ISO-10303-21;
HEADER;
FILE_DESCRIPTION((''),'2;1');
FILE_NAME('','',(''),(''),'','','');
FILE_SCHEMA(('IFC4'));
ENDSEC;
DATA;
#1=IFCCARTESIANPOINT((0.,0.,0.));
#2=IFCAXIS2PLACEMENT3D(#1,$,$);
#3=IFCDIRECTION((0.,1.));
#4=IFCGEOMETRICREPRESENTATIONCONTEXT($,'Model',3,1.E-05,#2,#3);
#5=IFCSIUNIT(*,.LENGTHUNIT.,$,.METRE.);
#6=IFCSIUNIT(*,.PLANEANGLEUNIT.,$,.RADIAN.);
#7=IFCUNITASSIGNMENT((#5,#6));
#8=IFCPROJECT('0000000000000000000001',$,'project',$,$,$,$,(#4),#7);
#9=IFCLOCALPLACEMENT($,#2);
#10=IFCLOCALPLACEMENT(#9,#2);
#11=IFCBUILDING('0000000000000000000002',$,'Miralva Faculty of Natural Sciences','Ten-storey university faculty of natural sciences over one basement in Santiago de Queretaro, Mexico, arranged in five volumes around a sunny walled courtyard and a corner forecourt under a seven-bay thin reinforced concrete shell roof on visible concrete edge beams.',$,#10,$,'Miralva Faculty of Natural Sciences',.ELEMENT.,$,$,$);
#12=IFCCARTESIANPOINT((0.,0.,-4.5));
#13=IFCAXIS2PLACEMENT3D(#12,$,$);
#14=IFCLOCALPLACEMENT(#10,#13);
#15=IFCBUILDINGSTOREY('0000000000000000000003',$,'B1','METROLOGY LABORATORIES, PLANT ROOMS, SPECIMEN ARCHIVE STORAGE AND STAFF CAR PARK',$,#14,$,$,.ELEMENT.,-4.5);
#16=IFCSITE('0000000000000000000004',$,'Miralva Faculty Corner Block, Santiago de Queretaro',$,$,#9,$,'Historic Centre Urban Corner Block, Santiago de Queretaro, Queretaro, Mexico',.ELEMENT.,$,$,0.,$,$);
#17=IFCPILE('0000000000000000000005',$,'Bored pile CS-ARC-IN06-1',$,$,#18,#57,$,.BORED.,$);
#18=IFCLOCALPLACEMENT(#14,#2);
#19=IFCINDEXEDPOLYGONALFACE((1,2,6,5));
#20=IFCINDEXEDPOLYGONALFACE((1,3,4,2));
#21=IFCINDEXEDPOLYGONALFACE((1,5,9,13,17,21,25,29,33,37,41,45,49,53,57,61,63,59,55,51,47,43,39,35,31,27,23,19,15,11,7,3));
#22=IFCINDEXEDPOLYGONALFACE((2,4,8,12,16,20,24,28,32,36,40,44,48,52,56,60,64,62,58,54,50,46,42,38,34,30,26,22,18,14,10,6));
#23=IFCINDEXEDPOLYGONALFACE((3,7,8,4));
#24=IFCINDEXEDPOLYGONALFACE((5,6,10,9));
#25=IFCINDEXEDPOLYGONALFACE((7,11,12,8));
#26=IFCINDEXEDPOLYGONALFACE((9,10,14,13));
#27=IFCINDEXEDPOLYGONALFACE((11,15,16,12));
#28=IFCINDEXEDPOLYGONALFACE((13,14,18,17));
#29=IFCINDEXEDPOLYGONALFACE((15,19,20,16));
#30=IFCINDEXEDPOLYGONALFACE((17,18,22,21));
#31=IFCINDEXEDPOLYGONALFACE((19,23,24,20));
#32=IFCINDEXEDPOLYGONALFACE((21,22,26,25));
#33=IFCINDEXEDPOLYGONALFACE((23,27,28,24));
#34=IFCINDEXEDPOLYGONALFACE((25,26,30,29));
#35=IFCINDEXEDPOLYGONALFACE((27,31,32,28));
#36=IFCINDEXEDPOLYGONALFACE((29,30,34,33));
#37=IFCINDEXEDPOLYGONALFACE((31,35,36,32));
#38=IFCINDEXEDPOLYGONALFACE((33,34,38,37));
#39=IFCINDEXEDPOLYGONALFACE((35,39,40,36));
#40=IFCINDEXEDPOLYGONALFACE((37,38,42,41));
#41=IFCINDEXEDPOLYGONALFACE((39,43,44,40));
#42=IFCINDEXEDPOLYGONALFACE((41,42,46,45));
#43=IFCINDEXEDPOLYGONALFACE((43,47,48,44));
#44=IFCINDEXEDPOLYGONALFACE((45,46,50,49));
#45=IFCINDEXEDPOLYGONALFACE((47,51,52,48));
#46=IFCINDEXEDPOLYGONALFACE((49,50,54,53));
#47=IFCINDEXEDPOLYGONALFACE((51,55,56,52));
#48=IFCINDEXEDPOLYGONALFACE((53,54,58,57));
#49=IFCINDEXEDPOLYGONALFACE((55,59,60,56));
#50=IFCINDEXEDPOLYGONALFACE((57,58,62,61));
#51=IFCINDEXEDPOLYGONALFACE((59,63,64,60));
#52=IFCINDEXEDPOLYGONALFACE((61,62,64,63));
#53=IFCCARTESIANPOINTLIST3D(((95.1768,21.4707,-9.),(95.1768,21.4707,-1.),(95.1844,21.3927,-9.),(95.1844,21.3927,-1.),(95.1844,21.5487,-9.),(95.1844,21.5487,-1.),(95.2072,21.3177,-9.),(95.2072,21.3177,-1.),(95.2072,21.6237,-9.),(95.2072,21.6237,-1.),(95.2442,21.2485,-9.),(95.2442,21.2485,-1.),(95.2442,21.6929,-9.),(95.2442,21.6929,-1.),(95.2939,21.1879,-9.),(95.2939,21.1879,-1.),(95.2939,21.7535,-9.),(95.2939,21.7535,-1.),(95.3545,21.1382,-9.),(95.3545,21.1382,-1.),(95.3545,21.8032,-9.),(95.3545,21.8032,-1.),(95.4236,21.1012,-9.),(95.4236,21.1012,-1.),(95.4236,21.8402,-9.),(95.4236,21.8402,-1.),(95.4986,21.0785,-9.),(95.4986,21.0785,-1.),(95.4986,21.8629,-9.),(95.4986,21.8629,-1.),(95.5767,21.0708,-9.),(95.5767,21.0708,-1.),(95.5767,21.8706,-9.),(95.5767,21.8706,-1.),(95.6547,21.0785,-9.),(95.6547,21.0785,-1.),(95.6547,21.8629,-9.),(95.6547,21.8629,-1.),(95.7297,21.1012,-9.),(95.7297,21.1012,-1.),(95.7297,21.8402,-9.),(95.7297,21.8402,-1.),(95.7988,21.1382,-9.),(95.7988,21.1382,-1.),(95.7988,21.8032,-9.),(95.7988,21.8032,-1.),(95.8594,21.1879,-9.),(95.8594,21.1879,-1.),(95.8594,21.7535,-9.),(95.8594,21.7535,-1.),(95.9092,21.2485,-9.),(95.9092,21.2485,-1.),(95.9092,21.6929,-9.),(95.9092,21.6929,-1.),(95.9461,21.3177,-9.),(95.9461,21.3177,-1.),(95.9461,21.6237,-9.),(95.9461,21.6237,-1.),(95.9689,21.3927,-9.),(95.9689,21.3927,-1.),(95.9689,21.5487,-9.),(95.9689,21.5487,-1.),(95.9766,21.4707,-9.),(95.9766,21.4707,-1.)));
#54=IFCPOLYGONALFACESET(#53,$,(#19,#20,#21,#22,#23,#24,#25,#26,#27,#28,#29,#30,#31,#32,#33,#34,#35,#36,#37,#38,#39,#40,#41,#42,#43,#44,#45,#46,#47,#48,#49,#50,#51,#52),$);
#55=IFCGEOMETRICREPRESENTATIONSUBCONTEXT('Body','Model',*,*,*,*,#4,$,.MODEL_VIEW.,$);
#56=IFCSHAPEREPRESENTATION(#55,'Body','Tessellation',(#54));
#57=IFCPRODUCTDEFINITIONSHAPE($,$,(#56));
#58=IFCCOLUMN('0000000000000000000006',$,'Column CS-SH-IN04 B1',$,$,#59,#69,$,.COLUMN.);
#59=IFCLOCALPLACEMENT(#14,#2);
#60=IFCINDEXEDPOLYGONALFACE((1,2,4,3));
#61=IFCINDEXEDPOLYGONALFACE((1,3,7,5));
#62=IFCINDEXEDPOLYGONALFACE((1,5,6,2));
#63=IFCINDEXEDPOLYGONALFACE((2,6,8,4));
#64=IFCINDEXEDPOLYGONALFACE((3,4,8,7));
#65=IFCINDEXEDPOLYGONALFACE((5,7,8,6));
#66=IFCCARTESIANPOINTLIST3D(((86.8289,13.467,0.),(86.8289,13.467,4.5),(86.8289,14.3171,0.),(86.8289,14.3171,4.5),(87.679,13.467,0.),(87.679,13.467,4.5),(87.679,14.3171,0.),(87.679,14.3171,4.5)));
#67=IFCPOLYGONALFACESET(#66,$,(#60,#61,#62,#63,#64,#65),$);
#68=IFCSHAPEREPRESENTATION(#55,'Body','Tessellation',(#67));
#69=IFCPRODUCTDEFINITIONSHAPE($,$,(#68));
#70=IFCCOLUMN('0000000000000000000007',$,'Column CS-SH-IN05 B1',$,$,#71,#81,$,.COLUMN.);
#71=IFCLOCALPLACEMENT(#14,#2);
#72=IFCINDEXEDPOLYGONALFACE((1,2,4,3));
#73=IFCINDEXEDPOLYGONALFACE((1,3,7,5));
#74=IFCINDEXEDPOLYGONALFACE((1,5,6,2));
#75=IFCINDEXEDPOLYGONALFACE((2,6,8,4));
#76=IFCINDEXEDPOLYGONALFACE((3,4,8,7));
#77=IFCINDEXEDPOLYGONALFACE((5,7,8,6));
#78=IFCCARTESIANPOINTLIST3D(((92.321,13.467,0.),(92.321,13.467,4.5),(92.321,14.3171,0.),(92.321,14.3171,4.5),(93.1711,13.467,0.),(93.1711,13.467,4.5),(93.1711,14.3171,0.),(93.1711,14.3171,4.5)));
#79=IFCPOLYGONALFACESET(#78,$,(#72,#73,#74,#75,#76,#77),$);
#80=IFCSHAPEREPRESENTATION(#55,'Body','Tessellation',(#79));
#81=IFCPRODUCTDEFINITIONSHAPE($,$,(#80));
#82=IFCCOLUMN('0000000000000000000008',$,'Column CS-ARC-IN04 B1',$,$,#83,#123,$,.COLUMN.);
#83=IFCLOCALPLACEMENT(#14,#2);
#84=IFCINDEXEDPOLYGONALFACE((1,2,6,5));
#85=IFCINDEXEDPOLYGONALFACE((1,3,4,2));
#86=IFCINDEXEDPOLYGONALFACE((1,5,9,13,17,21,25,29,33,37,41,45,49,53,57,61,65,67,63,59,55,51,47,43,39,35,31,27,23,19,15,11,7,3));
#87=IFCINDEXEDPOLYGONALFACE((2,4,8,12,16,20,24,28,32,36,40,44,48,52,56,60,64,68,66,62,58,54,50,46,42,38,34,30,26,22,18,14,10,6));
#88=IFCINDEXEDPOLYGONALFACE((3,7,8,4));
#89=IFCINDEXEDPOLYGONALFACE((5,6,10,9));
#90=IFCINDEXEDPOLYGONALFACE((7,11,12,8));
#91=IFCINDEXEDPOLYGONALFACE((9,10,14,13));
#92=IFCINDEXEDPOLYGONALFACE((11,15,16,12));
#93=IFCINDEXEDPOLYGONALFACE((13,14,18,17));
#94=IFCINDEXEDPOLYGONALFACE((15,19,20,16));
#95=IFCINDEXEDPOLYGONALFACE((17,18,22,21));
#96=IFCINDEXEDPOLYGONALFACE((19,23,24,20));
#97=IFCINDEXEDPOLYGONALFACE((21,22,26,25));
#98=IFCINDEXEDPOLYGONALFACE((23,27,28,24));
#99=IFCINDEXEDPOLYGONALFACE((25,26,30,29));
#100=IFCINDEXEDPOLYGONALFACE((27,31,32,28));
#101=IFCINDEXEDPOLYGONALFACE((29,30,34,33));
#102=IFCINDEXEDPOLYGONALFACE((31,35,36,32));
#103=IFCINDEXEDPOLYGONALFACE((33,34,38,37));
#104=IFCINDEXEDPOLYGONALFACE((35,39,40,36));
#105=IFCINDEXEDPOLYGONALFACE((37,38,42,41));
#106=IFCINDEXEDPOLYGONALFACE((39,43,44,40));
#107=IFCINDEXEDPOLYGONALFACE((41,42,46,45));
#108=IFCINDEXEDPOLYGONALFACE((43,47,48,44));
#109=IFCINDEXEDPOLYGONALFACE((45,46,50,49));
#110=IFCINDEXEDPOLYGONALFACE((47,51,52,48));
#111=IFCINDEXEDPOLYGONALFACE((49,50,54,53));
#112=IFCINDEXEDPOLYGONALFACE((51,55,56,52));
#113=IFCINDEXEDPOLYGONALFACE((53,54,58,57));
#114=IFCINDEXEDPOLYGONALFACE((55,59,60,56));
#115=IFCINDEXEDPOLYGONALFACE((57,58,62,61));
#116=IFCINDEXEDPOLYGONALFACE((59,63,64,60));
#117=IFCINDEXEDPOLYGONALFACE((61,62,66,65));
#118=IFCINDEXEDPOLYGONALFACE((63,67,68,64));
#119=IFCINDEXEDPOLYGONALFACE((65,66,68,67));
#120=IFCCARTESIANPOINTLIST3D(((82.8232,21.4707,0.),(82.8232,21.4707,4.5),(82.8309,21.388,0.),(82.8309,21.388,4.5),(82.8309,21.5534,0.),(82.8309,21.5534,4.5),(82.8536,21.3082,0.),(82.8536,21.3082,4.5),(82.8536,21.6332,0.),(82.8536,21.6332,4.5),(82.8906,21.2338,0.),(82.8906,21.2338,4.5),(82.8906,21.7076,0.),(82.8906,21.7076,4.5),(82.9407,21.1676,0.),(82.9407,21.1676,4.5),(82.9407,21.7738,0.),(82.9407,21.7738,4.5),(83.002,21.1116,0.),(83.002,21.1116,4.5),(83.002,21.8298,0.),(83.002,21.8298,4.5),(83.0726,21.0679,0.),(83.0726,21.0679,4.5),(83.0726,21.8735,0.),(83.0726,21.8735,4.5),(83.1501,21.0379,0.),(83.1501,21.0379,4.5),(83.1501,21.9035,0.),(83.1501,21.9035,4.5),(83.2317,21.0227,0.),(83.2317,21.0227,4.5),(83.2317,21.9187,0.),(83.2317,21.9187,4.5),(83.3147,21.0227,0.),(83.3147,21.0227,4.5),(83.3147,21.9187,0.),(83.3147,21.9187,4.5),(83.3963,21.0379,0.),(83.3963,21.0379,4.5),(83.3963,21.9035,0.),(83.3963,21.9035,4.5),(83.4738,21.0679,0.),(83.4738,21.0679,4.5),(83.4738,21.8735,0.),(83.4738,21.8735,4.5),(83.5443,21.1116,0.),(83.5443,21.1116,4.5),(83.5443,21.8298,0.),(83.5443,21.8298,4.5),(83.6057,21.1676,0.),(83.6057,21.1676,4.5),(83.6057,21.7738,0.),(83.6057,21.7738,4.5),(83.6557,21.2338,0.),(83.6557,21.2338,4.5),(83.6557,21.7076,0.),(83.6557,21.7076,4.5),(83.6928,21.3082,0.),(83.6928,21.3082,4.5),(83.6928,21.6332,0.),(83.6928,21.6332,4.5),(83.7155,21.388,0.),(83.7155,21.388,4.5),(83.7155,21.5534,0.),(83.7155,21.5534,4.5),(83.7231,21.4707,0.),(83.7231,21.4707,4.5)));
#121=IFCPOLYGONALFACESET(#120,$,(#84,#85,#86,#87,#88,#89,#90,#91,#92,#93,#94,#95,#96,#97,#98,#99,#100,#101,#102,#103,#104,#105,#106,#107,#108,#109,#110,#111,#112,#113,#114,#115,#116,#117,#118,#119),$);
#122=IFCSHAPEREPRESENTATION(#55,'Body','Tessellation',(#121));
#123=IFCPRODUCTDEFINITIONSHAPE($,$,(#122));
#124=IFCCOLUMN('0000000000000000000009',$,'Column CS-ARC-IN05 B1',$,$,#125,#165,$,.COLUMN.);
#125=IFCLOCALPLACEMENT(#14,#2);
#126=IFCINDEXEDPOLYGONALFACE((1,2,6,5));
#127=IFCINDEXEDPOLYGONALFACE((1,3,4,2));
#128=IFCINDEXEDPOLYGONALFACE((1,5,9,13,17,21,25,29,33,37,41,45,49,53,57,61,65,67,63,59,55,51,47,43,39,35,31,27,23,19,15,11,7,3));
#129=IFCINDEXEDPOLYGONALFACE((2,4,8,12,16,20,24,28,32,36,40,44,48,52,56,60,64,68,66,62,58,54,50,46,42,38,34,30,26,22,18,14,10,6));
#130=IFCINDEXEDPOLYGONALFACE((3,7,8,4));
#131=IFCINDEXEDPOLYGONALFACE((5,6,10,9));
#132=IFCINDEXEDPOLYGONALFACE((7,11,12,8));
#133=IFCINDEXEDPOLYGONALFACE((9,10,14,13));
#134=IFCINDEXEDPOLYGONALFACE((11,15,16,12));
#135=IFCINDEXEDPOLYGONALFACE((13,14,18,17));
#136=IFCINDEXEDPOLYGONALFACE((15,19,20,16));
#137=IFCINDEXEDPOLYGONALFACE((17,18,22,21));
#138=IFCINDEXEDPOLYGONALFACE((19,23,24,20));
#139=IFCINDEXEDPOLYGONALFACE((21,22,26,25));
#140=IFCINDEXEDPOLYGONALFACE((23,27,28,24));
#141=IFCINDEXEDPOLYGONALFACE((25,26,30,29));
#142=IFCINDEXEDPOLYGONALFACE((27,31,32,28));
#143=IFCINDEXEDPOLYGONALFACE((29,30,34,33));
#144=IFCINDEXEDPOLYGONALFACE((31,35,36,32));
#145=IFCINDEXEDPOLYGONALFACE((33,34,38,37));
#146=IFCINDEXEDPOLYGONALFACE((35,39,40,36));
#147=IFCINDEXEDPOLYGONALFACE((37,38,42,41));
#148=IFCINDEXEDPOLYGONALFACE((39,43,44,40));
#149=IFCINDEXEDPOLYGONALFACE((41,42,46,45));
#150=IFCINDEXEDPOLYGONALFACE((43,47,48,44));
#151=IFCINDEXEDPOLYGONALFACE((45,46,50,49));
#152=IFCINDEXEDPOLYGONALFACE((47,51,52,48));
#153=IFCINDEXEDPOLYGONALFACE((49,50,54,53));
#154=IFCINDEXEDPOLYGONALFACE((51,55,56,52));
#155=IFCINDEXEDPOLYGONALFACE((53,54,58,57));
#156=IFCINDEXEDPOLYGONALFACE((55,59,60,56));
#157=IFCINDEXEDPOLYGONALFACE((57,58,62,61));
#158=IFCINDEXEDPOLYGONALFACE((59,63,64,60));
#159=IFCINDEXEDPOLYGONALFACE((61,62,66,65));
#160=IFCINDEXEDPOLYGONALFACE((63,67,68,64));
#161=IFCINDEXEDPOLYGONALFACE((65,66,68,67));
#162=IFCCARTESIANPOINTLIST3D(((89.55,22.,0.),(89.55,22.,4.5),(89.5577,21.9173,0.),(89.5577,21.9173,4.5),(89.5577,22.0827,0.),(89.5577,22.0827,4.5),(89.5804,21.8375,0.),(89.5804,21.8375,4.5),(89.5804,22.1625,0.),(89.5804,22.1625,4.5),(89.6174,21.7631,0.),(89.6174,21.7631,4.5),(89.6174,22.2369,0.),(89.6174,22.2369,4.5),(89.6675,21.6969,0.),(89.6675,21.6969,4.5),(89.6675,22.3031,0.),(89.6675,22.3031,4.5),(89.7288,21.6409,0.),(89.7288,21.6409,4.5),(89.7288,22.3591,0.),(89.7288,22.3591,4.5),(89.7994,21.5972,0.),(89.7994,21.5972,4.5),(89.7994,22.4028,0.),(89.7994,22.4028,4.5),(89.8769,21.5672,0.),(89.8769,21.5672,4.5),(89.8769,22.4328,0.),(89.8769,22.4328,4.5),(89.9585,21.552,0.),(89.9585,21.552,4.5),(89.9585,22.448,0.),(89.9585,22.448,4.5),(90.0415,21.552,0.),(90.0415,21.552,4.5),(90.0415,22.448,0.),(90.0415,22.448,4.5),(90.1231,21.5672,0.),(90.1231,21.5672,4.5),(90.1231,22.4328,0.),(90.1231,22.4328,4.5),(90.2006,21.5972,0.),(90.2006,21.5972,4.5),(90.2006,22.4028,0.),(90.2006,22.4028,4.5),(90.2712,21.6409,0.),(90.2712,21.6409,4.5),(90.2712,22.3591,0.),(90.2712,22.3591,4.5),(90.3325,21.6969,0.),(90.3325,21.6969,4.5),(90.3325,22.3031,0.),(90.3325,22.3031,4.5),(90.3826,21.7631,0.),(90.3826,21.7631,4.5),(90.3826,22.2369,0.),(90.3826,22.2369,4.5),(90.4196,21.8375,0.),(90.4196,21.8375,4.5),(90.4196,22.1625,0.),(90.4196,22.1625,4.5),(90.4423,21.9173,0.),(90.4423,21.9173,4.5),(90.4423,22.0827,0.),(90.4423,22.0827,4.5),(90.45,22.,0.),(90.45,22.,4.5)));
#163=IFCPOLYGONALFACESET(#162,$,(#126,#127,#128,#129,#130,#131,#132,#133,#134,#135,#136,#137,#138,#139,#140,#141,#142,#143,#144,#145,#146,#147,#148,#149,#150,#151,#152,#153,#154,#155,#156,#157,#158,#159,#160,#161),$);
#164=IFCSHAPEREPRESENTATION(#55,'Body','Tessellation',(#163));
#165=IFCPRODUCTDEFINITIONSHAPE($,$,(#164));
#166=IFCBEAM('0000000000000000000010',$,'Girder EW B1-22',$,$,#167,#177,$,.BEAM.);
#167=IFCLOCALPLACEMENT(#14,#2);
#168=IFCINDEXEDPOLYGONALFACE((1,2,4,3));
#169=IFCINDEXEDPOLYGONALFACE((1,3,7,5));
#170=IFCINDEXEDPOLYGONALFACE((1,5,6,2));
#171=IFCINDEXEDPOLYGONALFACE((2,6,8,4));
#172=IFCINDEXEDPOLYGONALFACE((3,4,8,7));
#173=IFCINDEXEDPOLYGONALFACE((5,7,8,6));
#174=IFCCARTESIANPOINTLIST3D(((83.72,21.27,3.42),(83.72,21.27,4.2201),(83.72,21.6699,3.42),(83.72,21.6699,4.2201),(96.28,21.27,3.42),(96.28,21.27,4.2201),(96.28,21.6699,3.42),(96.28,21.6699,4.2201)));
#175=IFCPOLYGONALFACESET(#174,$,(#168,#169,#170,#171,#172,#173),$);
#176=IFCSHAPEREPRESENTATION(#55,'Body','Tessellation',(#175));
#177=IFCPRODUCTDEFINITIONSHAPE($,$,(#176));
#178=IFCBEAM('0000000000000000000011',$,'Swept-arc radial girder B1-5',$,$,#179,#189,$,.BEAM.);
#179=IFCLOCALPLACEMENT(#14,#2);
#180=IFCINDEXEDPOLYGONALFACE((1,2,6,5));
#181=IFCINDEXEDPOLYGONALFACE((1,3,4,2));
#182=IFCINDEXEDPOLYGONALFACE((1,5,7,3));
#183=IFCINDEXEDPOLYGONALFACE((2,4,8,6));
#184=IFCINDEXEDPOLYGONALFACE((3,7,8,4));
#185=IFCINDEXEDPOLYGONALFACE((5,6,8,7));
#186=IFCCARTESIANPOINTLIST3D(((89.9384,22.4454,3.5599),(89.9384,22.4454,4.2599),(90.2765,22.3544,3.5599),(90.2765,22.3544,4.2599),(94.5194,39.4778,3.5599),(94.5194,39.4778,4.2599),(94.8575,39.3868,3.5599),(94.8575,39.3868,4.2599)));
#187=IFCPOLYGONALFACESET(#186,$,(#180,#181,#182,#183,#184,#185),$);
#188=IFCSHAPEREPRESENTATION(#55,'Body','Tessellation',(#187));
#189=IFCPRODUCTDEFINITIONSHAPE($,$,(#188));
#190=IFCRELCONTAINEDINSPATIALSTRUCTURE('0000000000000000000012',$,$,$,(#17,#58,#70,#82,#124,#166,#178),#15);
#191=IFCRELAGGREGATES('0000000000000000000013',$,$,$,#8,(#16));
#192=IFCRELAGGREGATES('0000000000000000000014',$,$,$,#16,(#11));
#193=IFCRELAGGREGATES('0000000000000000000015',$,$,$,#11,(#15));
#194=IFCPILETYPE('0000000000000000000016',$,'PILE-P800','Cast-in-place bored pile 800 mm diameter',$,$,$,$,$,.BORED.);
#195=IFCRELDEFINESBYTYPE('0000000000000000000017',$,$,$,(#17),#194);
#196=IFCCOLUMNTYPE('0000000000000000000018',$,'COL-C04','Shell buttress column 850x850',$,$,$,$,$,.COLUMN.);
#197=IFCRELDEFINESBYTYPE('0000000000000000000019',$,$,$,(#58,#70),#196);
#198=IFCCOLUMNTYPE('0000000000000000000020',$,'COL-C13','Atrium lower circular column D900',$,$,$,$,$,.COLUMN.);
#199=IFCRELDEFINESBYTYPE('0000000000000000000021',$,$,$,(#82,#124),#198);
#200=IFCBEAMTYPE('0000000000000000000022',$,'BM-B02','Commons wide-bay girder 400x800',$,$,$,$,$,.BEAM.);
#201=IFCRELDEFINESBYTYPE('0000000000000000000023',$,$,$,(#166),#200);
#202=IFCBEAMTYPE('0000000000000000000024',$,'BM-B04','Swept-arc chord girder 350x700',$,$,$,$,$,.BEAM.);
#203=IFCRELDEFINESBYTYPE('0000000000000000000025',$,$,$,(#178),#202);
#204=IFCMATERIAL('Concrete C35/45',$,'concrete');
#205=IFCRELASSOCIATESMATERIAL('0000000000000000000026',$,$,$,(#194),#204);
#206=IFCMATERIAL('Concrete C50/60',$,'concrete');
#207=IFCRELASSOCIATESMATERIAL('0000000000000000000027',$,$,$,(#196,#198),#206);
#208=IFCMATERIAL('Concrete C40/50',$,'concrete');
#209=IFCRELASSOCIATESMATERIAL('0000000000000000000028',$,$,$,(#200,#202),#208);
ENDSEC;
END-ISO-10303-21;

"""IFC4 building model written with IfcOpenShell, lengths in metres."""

from ifc_helpers import new_model, si_unit, direction, frame, origin, origin_2d, place, context, subcontext, project, spatial, rectangle, circle, extrude, material, material_profile, profile_set, type_object, element, save


model = new_model("IFC4")

# Units and contexts
model_context = context("Model", 3, precision=1e-05, world=origin(), true_north=direction((0.0, 1.0)))
body_context = subcontext(model_context, "Body", "Model", "MODEL_VIEW")
ifc_project = project(units=[si_unit("LENGTHUNIT", "METRE"), si_unit("PLANEANGLEUNIT", "RADIAN")], contexts=[model_context])

# Site, building, storey
site_placement = place(None, origin())
site = spatial("IfcSite", under=ifc_project, at=site_placement, Name="Miralva Faculty Corner Block, Santiago de Queretaro", LongName="Historic Centre Urban Corner Block, Santiago de Queretaro, Queretaro, Mexico", CompositionType="ELEMENT", RefElevation=0.0)
building_placement = place(site_placement, origin())
building = spatial("IfcBuilding", under=site, at=building_placement, Name="Miralva Faculty of Natural Sciences", Description="Ten-storey university faculty of natural sciences over one basement in Santiago de Queretaro, Mexico, arranged in five volumes around a sunny walled courtyard and a corner forecourt under a seven-bay thin reinforced concrete shell roof on visible concrete edge beams.", LongName="Miralva Faculty of Natural Sciences", CompositionType="ELEMENT")
storey_placement = place(building_placement, frame((0.0, 0.0, -4.5)))
storey = spatial("IfcBuildingStorey", under=building, at=storey_placement, Name="B1", Description="METROLOGY LABORATORIES, PLANT ROOMS, SPECIMEN ARCHIVE STORAGE AND STAFF CAR PARK", CompositionType="ELEMENT", Elevation=-4.5)

# Shared definitions
ifc_material_1 = material(Name="Concrete C35/45", Category="concrete")
ifc_material_2 = material(Name="Concrete C40/50", Category="concrete")

# Pile
ifc_material_profile_1 = material_profile(ifc_material_1, circle(Radius=0.3999, at=origin_2d()), Name="BORED PILE 800")
ifc_profile_set_1 = profile_set([ifc_material_profile_1], Name="Concrete C35/45")
pile_type_1 = type_object("IfcPileType", Name="PILE-P800", Description="Cast-in-place bored pile 800 mm diameter", PredefinedType="BORED", material=ifc_profile_set_1)
for number, where, z_axis, x_axis, name in (
    (1, (95.5767, 21.4707, -1.0), (0.0, 0.0, -1.0), (1.0, 0.0, 0.0), "Bored pile CS-ARC-IN06-1"),
):
    element("IfcPile", number, at=place(storey_placement, frame(where, z_axis=z_axis, x_axis=x_axis)), inside=storey, type_object=pile_type_1, Name=name, PredefinedType="BORED", context=body_context, shape_type="SweptSolid", body=[
        extrude(circle(Radius=0.3999, at=origin_2d()), origin(), (0.0, 0.0, 1.0), 8.0),
    ])

# Columns
ifc_material_3 = material(Name="Concrete C50/60", Category="concrete")
ifc_material_profile_2 = material_profile(ifc_material_3, rectangle(XDim=0.8501, YDim=0.8501, at=origin_2d()), Name="RC 850x850")
ifc_profile_set_2 = profile_set([ifc_material_profile_2], Name="Concrete C50/60")
column_type_1 = type_object("IfcColumnType", Name="COL-C04", Description="Shell buttress column 850x850", PredefinedType="COLUMN", material=ifc_profile_set_2)
for number, where, z_axis, x_axis, name in (
    (2, (87.2539, 13.8921, 0.0), (0.0, 0.0, 1.0), (1.0, 0.0, 0.0), "Column CS-SH-IN04 B1"),
    (3, (92.7461, 13.8921, 0.0), (0.0, 0.0, 1.0), (1.0, 0.0, 0.0), "Column CS-SH-IN05 B1"),
):
    element("IfcColumn", number, at=place(storey_placement, frame(where, z_axis=z_axis, x_axis=x_axis)), inside=storey, type_object=column_type_1, Name=name, PredefinedType="COLUMN", context=body_context, shape_type="SweptSolid", body=[
        extrude(rectangle(XDim=0.8501, YDim=0.8501, at=origin_2d()), origin(), (0.0, 0.0, 1.0), 4.5),
    ])
ifc_material_profile_3 = material_profile(ifc_material_3, circle(Radius=0.45, at=origin_2d()), Name="RC DIA 900")
ifc_profile_set_3 = profile_set([ifc_material_profile_3], Name="Concrete C50/60")
column_type_2 = type_object("IfcColumnType", Name="COL-C13", Description="Atrium lower circular column D900", PredefinedType="COLUMN", material=ifc_profile_set_3)
for number, where, z_axis, x_axis, name in (
    (4, (83.2732, 21.4707, 0.0), (0.0, 0.0, 1.0), (1.0, 0.0, 0.0), "Column CS-ARC-IN04 B1"),
    (5, (90.0, 22.0, 0.0), (0.0, 0.0, 1.0), (1.0, 0.0, 0.0), "Column CS-ARC-IN05 B1"),
):
    element("IfcColumn", number, at=place(storey_placement, frame(where, z_axis=z_axis, x_axis=x_axis)), inside=storey, type_object=column_type_2, Name=name, PredefinedType="COLUMN", context=body_context, shape_type="SweptSolid", body=[
        extrude(circle(Radius=0.45, at=origin_2d()), origin(), (0.0, 0.0, 1.0), 4.5),
    ])

# Beams
ifc_material_profile_4 = material_profile(ifc_material_2, rectangle(XDim=0.3999, YDim=0.8, at=origin_2d()), Name="RC 400x800")
ifc_profile_set_4 = profile_set([ifc_material_profile_4], Name="Concrete C40/50")
beam_type_1 = type_object("IfcBeamType", Name="BM-B02", Description="Commons wide-bay girder 400x800", PredefinedType="BEAM", material=ifc_profile_set_4)
beam_1_placement = place(storey_placement, frame((83.72, 21.47, 3.8201), z_axis=(1.0, 0.0, 0.0), x_axis=(0.0, 1.0, 0.0)))
element("IfcBeam", 6, at=beam_1_placement, inside=storey, type_object=beam_type_1, Name="Girder EW B1-22", PredefinedType="BEAM", context=body_context, shape_type="SweptSolid", body=[
    extrude(rectangle(XDim=0.3999, YDim=0.8, at=origin_2d()), origin(), (0.0, 0.0, 1.0), 12.5601),
])
ifc_material_profile_5 = material_profile(ifc_material_2, rectangle(XDim=0.3501, YDim=0.7, at=origin_2d()), Name="RC 350x700")
ifc_profile_set_5 = profile_set([ifc_material_profile_5], Name="Concrete C40/50")
beam_type_2 = type_object("IfcBeamType", Name="BM-B04", Description="Swept-arc chord girder 350x700", PredefinedType="BEAM", material=ifc_profile_set_5)
beam_2_placement = place(storey_placement, frame((90.1074, 22.3999, 3.9099), z_axis=(0.25973, 0.965681, 0.0), x_axis=(-0.965681, 0.25973, 0.0)))
element("IfcBeam", 7, at=beam_2_placement, inside=storey, type_object=beam_type_2, Name="Swept-arc radial girder B1-5", PredefinedType="BEAM", context=body_context, shape_type="SweptSolid", body=[
    extrude(rectangle(XDim=0.3501, YDim=0.7, at=origin_2d()), origin(), (0.0, 0.0, 1.0), 17.6377),
])

save(model, "model.ifc")
